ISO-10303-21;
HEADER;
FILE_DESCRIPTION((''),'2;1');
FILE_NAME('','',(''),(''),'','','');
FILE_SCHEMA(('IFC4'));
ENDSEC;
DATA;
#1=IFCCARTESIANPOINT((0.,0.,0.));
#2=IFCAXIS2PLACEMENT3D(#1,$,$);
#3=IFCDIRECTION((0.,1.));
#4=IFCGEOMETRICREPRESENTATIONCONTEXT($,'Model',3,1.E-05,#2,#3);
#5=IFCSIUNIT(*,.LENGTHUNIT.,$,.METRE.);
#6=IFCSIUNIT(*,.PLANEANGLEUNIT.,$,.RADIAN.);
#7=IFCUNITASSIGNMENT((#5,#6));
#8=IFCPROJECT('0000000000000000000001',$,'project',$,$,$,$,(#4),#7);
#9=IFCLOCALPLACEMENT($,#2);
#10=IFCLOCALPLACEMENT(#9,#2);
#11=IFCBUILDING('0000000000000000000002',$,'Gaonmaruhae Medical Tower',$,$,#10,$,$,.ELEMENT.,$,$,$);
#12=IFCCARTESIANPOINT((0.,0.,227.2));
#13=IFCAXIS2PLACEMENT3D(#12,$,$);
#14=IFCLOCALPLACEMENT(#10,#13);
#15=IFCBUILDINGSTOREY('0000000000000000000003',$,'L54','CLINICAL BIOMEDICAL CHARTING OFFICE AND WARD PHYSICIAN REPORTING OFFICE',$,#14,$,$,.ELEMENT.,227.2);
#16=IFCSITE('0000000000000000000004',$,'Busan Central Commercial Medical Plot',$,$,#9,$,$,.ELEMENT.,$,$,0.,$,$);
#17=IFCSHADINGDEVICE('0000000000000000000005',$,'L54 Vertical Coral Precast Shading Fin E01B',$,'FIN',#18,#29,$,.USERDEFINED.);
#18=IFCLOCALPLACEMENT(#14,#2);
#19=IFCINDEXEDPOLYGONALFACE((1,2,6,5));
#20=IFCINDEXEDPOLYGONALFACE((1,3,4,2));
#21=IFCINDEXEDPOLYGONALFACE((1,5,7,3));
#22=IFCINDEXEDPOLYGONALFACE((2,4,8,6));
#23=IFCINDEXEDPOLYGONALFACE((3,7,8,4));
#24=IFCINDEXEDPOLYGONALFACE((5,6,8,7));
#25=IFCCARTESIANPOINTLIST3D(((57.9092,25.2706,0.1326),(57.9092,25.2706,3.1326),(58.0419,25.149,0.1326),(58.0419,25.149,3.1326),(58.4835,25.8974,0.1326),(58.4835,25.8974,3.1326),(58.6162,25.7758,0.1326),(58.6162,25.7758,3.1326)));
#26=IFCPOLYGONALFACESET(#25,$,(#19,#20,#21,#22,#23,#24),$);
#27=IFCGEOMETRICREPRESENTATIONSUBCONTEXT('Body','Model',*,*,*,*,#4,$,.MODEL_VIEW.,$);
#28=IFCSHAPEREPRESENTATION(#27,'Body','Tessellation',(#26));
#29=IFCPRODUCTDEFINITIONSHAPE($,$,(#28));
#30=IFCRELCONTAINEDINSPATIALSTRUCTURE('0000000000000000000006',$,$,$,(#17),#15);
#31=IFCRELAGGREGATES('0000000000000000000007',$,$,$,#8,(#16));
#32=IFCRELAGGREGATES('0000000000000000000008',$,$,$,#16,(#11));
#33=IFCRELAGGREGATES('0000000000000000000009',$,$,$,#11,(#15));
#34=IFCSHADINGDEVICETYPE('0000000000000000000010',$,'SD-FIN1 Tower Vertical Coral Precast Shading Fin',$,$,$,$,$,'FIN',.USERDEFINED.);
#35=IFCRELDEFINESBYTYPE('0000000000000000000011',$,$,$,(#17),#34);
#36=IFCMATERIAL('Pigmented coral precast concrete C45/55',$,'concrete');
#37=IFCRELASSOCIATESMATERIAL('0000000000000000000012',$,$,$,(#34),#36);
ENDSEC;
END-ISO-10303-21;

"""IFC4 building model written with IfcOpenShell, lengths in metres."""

from ifc_helpers import new_model, si_unit, direction, frame, origin, origin_2d, place, context, subcontext, project, spatial, rectangle, extrude, material, type_object, element, save


model = new_model("IFC4")

# Units and contexts
model_context = context("Model", 3, precision=1e-05, world=origin(), true_north=direction((0.0, 1.0)))
body_context = subcontext(model_context, "Body", "Model", "MODEL_VIEW")
ifc_project = project(units=[si_unit("LENGTHUNIT", "METRE"), si_unit("PLANEANGLEUNIT", "RADIAN")], contexts=[model_context])

# Site, building, storey
site_placement = place(None, origin())
site = spatial("IfcSite", under=ifc_project, at=site_placement, Name="Busan Central Commercial Medical Plot", CompositionType="ELEMENT", RefElevation=0.0)
building_placement = place(site_placement, origin())
building = spatial("IfcBuilding", under=site, at=building_placement, Name="Gaonmaruhae Medical Tower", CompositionType="ELEMENT")
storey_placement = place(building_placement, frame((0.0, 0.0, 227.2)))
storey = spatial("IfcBuildingStorey", under=building, at=storey_placement, Name="L54", Description="CLINICAL BIOMEDICAL CHARTING OFFICE AND WARD PHYSICIAN REPORTING OFFICE", CompositionType="ELEMENT", Elevation=227.2)

# Shading device
ifc_material_1 = material(Name="Pigmented coral precast concrete C45/55", Category="concrete")
shading_device_type = type_object("IfcShadingDeviceType", Name="SD-FIN1 Tower Vertical Coral Precast Shading Fin", ElementType="FIN", PredefinedType="USERDEFINED", material=ifc_material_1)
for number, where, z_axis, x_axis, name in (
    (1, (58.2627, 25.5232, 0.1326), (0.0, 0.0, 1.0), (0.737277, -0.67559, 0.0), "L54 Vertical Coral Precast Shading Fin E01B"),
):
    element("IfcShadingDevice", number, at=place(storey_placement, frame(where, z_axis=z_axis, x_axis=x_axis)), inside=storey, type_object=shading_device_type, Name=name, ObjectType="FIN", PredefinedType="USERDEFINED", context=body_context, shape_type="SweptSolid", body=[
        extrude(rectangle(XDim=0.1799, YDim=0.8501, at=origin_2d()), origin(), (0.0, 0.0, 1.0), 3.0),
    ])

save(model, "model.ifc")
